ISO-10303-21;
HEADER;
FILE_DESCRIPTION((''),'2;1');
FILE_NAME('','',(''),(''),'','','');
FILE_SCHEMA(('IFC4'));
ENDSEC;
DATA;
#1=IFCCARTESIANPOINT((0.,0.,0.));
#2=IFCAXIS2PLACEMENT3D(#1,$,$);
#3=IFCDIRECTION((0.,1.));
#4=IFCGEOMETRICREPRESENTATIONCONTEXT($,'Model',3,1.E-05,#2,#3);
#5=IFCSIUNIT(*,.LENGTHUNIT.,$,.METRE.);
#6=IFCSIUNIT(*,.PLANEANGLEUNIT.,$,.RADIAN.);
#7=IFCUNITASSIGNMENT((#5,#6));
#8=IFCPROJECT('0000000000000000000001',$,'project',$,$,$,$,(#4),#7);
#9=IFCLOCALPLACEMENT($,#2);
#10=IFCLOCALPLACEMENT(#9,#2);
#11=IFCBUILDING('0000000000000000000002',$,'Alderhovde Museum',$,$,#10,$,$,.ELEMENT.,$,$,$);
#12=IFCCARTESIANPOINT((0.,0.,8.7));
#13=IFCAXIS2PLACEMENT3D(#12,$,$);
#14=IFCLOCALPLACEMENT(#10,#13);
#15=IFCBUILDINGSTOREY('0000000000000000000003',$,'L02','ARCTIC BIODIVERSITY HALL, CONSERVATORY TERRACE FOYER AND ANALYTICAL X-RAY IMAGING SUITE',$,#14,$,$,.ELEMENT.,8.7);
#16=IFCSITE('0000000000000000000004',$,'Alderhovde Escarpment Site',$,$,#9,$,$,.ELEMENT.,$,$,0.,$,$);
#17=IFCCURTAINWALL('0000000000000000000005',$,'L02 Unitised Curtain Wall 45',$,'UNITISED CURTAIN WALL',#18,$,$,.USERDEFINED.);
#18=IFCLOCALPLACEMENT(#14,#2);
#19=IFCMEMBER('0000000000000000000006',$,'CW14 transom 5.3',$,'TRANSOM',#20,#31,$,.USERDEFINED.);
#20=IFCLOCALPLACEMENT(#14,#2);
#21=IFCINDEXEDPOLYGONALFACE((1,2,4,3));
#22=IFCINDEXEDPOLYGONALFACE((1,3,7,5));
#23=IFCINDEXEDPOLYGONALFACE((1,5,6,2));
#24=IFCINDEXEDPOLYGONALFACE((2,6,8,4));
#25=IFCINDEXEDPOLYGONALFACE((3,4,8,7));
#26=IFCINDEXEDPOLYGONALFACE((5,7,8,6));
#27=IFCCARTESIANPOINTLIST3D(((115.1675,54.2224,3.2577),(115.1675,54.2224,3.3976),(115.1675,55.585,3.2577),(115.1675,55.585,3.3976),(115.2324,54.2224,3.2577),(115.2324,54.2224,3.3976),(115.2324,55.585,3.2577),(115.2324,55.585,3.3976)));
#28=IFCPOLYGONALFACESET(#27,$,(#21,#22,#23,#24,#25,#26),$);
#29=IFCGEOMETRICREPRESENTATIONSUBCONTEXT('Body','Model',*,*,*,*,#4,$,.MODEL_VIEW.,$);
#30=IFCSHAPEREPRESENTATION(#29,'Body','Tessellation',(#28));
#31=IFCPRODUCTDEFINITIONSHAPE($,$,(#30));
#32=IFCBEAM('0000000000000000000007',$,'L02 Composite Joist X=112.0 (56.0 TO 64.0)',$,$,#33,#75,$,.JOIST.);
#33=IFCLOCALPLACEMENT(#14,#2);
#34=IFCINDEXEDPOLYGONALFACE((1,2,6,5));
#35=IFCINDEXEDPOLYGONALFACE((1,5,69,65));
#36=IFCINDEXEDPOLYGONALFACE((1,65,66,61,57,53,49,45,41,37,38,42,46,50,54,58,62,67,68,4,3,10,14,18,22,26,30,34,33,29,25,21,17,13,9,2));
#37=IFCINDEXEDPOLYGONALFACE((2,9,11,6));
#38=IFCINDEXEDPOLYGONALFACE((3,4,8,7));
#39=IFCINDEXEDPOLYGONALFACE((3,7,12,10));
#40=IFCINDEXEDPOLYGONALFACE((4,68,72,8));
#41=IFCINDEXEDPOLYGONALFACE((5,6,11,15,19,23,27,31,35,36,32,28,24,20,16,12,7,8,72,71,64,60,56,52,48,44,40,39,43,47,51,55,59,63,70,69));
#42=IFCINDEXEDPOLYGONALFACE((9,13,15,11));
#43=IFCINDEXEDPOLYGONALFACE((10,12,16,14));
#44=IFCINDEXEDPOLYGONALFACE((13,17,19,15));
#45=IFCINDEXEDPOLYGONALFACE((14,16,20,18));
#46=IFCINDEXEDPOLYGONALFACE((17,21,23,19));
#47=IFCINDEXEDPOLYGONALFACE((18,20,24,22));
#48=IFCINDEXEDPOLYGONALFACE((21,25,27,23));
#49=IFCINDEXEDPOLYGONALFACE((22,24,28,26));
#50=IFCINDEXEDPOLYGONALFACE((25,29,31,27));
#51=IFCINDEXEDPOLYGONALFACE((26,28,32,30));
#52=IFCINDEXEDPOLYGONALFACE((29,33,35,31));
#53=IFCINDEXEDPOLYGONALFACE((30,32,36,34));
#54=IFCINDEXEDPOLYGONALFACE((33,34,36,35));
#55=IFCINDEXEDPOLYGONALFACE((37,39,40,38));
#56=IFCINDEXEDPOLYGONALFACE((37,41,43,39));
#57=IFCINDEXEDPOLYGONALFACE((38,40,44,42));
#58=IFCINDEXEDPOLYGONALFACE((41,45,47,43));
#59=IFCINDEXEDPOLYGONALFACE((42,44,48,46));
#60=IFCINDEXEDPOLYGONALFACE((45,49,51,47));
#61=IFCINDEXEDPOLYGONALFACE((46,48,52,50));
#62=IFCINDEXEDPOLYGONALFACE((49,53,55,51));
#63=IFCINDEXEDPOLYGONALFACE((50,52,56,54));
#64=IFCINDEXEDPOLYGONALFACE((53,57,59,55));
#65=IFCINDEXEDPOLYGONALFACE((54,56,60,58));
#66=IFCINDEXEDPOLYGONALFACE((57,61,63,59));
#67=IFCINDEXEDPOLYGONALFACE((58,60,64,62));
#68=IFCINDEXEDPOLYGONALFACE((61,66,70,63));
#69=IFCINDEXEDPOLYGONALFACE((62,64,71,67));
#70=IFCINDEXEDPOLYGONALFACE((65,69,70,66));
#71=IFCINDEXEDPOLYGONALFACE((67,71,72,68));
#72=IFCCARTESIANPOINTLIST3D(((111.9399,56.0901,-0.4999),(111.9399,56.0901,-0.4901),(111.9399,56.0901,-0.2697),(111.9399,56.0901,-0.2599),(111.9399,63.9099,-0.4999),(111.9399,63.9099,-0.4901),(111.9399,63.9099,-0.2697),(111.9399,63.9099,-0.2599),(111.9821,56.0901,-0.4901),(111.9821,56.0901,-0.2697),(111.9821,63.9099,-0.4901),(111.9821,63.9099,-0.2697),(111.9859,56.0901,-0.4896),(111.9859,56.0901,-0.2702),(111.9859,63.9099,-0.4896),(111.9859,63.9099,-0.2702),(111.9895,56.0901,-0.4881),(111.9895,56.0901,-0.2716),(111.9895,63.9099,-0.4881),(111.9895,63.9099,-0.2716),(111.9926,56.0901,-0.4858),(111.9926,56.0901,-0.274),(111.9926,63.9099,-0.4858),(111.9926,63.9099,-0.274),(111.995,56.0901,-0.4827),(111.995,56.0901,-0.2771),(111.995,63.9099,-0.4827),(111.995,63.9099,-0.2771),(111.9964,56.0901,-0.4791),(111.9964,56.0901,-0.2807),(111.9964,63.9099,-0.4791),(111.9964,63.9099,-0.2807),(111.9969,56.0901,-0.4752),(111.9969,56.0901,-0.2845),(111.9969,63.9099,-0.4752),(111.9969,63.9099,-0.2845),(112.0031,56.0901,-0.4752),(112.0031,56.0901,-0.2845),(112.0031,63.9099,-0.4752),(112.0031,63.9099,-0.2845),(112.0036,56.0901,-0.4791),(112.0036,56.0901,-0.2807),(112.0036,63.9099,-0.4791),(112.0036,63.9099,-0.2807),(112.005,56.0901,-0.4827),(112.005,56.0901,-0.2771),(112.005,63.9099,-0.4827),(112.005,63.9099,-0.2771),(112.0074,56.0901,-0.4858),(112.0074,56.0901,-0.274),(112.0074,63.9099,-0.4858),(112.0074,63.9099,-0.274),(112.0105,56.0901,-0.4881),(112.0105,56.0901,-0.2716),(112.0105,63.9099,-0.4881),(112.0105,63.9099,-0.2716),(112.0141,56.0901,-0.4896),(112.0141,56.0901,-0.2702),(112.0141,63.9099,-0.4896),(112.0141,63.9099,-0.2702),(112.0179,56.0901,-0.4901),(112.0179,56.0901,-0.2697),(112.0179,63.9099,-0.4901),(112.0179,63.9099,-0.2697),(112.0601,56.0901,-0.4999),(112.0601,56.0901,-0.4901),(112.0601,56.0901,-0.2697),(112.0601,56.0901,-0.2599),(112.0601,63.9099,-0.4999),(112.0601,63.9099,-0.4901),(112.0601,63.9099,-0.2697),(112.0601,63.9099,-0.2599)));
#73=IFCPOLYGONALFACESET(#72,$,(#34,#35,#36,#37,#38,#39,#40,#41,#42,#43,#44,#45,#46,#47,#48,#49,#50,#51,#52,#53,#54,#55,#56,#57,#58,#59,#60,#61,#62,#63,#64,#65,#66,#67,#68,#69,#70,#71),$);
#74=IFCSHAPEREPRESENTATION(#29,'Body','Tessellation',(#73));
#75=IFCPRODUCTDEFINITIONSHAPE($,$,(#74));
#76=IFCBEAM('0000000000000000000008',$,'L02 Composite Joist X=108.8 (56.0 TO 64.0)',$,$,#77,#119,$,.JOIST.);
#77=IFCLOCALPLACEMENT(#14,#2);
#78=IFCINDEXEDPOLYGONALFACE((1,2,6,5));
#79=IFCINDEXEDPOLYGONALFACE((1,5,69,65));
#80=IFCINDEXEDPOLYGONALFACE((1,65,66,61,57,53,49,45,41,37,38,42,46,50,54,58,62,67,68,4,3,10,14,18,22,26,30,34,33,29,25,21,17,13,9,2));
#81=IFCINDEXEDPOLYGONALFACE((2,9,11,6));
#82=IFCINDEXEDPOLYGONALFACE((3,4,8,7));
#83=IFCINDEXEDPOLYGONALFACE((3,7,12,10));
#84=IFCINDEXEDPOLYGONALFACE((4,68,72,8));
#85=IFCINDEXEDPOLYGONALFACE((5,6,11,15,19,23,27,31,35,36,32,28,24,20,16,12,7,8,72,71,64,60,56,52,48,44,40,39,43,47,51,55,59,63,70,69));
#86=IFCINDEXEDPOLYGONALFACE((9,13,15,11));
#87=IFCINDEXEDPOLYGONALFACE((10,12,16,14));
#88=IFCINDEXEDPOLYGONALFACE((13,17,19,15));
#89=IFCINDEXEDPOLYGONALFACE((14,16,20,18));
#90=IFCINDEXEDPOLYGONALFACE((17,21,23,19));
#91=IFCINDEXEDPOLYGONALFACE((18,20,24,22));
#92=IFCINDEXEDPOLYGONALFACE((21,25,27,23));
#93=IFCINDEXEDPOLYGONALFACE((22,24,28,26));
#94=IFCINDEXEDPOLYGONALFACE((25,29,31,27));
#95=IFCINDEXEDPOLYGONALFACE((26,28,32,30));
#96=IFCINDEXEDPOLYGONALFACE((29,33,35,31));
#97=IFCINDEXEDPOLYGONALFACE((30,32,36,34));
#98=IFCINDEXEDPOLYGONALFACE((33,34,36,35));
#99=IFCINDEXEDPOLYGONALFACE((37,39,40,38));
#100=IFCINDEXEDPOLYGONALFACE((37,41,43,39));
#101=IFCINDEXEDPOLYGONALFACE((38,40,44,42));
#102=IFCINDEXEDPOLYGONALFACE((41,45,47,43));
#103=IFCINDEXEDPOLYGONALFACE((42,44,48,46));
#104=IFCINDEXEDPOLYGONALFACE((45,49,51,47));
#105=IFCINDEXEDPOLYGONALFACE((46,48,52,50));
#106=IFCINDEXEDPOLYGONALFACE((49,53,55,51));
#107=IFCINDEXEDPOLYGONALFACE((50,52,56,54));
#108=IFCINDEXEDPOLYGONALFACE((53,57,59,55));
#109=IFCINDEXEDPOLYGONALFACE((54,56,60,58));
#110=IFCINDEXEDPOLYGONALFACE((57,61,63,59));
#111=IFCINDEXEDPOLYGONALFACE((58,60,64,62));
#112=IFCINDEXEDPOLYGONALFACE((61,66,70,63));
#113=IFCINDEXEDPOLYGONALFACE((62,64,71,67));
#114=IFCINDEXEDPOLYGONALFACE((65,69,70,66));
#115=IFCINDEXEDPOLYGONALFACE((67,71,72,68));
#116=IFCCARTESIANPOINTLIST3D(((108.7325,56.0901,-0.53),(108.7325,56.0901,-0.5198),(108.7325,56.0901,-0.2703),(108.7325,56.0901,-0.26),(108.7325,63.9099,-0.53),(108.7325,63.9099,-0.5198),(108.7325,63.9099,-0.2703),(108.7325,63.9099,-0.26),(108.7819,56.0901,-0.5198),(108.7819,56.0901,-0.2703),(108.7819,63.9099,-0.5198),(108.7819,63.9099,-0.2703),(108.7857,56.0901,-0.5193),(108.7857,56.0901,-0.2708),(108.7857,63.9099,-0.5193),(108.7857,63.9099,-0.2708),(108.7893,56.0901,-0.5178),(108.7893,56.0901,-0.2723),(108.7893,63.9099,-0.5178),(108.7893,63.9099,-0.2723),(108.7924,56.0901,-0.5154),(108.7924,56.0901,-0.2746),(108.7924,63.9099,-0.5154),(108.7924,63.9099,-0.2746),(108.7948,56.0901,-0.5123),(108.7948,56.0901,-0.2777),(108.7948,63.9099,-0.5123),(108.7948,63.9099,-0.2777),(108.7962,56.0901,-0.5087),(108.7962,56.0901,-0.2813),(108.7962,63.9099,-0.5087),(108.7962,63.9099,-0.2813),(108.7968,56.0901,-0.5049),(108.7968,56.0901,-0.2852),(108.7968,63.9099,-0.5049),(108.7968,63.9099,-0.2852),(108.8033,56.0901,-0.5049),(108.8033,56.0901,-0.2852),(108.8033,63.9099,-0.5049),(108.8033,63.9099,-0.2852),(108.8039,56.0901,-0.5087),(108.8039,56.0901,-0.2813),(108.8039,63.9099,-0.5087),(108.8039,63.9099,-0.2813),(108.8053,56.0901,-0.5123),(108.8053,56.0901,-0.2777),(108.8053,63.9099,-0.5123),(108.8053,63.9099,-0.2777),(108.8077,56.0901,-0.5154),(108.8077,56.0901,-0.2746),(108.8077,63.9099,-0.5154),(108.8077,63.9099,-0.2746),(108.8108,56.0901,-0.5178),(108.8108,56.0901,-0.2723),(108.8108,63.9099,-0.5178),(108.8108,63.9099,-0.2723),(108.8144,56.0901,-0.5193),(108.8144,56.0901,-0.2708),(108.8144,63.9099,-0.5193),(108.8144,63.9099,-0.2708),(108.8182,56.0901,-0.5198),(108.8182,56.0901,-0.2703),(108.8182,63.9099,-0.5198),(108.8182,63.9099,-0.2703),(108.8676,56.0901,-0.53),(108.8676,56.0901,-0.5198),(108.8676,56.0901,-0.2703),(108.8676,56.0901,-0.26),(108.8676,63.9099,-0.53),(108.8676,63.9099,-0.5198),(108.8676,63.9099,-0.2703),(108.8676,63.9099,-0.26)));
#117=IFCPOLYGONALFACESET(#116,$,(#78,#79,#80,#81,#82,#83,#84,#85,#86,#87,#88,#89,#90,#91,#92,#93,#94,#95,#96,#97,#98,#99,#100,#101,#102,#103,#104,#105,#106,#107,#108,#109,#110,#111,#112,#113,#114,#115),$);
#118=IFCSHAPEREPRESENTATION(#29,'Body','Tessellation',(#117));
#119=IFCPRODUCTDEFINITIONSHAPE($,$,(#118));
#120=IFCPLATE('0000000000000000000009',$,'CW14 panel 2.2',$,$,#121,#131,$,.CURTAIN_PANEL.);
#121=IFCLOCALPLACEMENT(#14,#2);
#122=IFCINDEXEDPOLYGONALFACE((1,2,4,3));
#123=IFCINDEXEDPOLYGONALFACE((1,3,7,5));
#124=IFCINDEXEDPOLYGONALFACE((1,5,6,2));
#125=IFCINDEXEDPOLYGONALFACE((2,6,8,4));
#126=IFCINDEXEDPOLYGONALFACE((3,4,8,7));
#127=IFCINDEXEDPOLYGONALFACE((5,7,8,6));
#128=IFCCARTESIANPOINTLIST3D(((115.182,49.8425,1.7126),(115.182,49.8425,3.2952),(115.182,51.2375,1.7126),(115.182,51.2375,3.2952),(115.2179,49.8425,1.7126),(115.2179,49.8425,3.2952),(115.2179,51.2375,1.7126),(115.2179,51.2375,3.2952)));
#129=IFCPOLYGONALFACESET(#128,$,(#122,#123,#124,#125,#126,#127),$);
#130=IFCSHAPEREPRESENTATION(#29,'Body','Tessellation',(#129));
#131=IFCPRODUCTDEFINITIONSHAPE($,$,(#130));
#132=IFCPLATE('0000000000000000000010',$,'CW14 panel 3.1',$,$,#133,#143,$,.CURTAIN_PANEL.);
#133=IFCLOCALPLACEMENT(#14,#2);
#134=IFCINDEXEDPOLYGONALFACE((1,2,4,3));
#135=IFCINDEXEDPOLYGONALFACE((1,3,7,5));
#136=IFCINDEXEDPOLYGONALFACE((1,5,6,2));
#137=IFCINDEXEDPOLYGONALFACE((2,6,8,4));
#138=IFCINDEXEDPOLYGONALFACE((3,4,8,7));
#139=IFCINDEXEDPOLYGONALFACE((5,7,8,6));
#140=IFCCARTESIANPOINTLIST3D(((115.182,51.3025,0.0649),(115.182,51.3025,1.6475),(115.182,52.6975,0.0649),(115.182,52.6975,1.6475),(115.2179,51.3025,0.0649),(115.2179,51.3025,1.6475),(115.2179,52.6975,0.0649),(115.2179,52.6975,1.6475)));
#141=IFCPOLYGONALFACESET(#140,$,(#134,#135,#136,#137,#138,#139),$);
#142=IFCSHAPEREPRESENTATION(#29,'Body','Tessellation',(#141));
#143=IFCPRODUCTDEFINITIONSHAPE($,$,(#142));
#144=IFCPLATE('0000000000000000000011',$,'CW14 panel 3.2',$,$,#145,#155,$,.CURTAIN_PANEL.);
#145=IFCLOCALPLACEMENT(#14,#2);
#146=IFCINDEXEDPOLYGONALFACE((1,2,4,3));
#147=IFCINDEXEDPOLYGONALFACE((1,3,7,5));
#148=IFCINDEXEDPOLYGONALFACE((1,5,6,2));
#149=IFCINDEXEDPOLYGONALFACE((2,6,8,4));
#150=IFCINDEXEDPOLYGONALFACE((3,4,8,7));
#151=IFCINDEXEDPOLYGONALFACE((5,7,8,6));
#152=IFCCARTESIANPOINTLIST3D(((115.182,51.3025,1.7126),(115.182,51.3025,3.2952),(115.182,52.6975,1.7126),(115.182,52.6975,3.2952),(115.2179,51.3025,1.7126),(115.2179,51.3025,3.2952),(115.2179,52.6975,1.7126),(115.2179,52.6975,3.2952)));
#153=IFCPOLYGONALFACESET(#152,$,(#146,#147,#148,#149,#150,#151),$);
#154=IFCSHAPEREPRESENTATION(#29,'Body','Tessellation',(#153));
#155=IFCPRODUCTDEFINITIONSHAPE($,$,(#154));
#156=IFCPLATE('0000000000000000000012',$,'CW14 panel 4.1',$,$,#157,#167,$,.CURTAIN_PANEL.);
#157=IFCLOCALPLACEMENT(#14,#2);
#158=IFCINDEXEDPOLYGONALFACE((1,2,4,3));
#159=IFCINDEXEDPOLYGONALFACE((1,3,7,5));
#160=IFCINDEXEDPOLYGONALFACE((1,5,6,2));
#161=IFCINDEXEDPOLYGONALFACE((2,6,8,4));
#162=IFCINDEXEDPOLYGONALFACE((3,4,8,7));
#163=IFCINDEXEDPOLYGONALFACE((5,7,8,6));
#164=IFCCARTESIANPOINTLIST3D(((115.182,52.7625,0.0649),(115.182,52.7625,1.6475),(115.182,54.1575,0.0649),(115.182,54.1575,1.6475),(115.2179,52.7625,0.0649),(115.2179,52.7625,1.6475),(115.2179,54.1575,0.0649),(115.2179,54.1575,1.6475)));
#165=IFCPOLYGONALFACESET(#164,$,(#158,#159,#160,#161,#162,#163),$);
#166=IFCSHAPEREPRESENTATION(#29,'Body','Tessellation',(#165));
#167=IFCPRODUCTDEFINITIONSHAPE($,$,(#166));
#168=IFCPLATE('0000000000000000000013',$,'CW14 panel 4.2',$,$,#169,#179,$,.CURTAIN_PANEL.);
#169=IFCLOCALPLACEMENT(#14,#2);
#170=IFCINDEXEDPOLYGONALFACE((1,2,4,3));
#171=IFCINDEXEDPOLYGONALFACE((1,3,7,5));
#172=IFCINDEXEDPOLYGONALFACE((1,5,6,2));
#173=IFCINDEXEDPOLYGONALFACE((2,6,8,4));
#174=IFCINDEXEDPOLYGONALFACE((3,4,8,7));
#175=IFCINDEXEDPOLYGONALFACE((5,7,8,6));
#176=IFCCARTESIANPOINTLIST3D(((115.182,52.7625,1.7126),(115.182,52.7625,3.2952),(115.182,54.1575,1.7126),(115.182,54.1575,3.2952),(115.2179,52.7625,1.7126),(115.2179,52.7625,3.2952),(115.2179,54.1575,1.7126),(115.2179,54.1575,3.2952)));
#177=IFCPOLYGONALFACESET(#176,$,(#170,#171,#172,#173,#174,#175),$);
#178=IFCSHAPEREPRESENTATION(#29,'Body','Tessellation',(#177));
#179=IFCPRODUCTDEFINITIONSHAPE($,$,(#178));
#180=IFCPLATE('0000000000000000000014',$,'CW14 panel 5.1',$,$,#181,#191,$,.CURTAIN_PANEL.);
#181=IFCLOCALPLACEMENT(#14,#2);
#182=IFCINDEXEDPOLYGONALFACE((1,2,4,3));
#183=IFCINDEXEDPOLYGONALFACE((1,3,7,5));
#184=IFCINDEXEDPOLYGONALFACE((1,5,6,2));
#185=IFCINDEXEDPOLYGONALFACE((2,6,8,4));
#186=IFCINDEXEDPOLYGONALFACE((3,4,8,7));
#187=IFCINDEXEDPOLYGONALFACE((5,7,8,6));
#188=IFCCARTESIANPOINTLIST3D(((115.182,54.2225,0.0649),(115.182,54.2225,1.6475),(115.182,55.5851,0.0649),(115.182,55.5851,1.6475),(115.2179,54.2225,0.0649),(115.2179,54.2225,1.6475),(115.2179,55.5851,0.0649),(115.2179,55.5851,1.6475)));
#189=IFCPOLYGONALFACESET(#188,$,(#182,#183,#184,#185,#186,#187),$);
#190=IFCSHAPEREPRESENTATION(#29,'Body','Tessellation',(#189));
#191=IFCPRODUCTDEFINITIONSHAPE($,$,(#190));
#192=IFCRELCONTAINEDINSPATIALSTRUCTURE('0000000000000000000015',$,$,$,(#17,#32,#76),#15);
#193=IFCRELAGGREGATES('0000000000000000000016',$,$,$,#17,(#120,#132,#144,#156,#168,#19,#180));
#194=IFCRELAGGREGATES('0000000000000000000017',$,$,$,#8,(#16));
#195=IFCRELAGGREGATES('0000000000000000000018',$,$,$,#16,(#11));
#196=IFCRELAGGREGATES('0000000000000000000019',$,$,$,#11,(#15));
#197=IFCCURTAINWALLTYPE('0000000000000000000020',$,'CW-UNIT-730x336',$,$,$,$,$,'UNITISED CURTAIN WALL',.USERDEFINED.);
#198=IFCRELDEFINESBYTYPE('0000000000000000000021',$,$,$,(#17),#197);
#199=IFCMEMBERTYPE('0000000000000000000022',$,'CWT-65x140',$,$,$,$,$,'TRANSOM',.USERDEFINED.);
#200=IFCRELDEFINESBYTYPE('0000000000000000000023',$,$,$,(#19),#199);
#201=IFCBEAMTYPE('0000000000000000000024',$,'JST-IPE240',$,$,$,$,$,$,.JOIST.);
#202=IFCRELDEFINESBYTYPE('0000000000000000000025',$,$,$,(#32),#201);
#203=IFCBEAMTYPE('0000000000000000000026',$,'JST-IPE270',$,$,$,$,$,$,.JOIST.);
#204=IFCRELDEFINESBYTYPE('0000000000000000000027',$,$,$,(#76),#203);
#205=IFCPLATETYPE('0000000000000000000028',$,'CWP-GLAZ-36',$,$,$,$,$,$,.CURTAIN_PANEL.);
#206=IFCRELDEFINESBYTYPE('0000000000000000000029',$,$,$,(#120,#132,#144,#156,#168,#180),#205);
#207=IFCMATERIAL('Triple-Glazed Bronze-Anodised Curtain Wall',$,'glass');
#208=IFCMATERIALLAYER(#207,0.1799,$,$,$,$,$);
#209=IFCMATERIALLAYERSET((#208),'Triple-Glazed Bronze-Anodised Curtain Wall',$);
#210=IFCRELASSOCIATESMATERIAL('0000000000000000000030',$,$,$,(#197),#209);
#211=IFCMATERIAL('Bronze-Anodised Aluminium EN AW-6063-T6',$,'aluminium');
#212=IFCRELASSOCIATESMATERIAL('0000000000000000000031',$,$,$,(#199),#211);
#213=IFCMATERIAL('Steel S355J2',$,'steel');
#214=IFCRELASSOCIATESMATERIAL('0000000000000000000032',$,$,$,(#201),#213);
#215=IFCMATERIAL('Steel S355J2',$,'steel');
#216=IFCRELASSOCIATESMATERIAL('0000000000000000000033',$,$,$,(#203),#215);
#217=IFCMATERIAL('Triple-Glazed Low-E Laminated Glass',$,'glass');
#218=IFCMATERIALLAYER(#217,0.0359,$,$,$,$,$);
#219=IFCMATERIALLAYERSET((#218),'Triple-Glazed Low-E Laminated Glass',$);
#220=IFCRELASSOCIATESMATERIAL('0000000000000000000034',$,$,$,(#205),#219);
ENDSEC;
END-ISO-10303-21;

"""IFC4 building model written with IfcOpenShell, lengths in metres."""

from ifc_helpers import new_model, si_unit, direction, frame, origin, origin_2d, place, context, subcontext, project, spatial, rectangle, i_section, extrude, material, layer, layer_set, material_profile, profile_set, type_object, element, aggregate, save


model = new_model("IFC4")

# Units and contexts
model_context = context("Model", 3, precision=1e-05, world=origin(), true_north=direction((0.0, 1.0)))
body_context = subcontext(model_context, "Body", "Model", "MODEL_VIEW")
ifc_project = project(units=[si_unit("LENGTHUNIT", "METRE"), si_unit("PLANEANGLEUNIT", "RADIAN")], contexts=[model_context])

# Site, building, storey
site_placement = place(None, origin())
site = spatial("IfcSite", under=ifc_project, at=site_placement, Name="Alderhovde Escarpment Site", CompositionType="ELEMENT", RefElevation=0.0)
building_placement = place(site_placement, origin())
building = spatial("IfcBuilding", under=site, at=building_placement, Name="Alderhovde Museum", CompositionType="ELEMENT")
storey_placement = place(building_placement, frame((0.0, 0.0, 8.7)))
storey = spatial("IfcBuildingStorey", under=building, at=storey_placement, Name="L02", Description="ARCTIC BIODIVERSITY HALL, CONSERVATORY TERRACE FOYER AND ANALYTICAL X-RAY IMAGING SUITE", CompositionType="ELEMENT", Elevation=8.7)

# Curtain wall, member
ifc_material_1 = material(Name="Triple-Glazed Bronze-Anodised Curtain Wall", Category="glass")
ifc_layer_1 = layer(ifc_material_1, 0.1799)
ifc_layer_set_1 = layer_set([ifc_layer_1], Name="Triple-Glazed Bronze-Anodised Curtain Wall")
curtain_wall_type = type_object("IfcCurtainWallType", Name="CW-UNIT-730x336", ElementType="UNITISED CURTAIN WALL", PredefinedType="USERDEFINED", material=ifc_layer_set_1)
curtain_wall_placement = place(storey_placement, origin())
curtain_wall = element("IfcCurtainWall", 1, at=curtain_wall_placement, inside=storey, type_object=curtain_wall_type, Name="L02 Unitised Curtain Wall 45", ObjectType="UNITISED CURTAIN WALL", PredefinedType="USERDEFINED")
ifc_material_2 = material(Name="Bronze-Anodised Aluminium EN AW-6063-T6", Category="aluminium")
ifc_material_profile_1 = material_profile(ifc_material_2, rectangle(XDim=0.0649, YDim=0.1399, at=origin_2d()), Name="TRANSOM 65x140")
ifc_profile_set_1 = profile_set([ifc_material_profile_1], Name="Bronze-Anodised Aluminium EN AW-6063-T6")
member_type_1 = type_object("IfcMemberType", Name="CWT-65x140", ElementType="TRANSOM", PredefinedType="USERDEFINED", material=ifc_profile_set_1)
member_1_placement = place(storey_placement, frame((115.2, 54.2224, 3.3276), z_axis=(0.0, 1.0, 0.0), x_axis=(-1.0, 0.0, 0.0)))
member_1 = element("IfcMember", 2, at=member_1_placement, type_object=member_type_1, Name="CW14 transom 5.3", ObjectType="TRANSOM", PredefinedType="USERDEFINED", context=body_context, shape_type="SweptSolid", body=[
    extrude(rectangle(XDim=0.0649, YDim=0.1399, at=origin_2d()), origin(), (0.0, 0.0, 1.0), 1.3625),
])

# Beams
ifc_material_3 = material(Name="Steel S355J2", Category="steel")
ifc_material_profile_2 = material_profile(ifc_material_3, i_section(OverallWidth=0.1201, OverallDepth=0.24, WebThickness=0.0061, FlangeThickness=0.0098, FilletRadius=0.0149, at=origin_2d()), Name="IPE 240")
ifc_profile_set_2 = profile_set([ifc_material_profile_2], Name="Steel S355J2")
beam_type_1 = type_object("IfcBeamType", Name="JST-IPE240", PredefinedType="JOIST", material=ifc_profile_set_2)
beam_1_placement = place(storey_placement, frame((112.0, 56.0901, -0.3799), z_axis=(0.0, 1.0, 0.0), x_axis=(-1.0, 0.0, 0.0)))
element("IfcBeam", 3, at=beam_1_placement, inside=storey, type_object=beam_type_1, Name="L02 Composite Joist X=112.0 (56.0 TO 64.0)", PredefinedType="JOIST", context=body_context, shape_type="SweptSolid", body=[
    extrude(i_section(OverallWidth=0.1201, OverallDepth=0.24, WebThickness=0.0061, FlangeThickness=0.0098, FilletRadius=0.0149, at=origin_2d()), origin(), (0.0, 0.0, 1.0), 7.8198),
])
ifc_material_4 = material(Name="Steel S355J2", Category="steel")
ifc_material_profile_3 = material_profile(ifc_material_4, i_section(OverallWidth=0.135, OverallDepth=0.27, WebThickness=0.0066, FlangeThickness=0.0103, FilletRadius=0.0149, at=origin_2d()), Name="IPE 270")
ifc_profile_set_3 = profile_set([ifc_material_profile_3], Name="Steel S355J2")
beam_type_2 = type_object("IfcBeamType", Name="JST-IPE270", PredefinedType="JOIST", material=ifc_profile_set_3)
beam_2_placement = place(storey_placement, frame((108.8, 56.0901, -0.395), z_axis=(0.0, 1.0, 0.0), x_axis=(-1.0, 0.0, 0.0)))
element("IfcBeam", 4, at=beam_2_placement, inside=storey, type_object=beam_type_2, Name="L02 Composite Joist X=108.8 (56.0 TO 64.0)", PredefinedType="JOIST", context=body_context, shape_type="SweptSolid", body=[
    extrude(i_section(OverallWidth=0.135, OverallDepth=0.27, WebThickness=0.0066, FlangeThickness=0.0103, FilletRadius=0.0149, at=origin_2d()), origin(), (0.0, 0.0, 1.0), 7.8198),
])

# Plates
ifc_material_5 = material(Name="Triple-Glazed Low-E Laminated Glass", Category="glass")
ifc_layer_2 = layer(ifc_material_5, 0.0359)
ifc_layer_set_2 = layer_set([ifc_layer_2], Name="Triple-Glazed Low-E Laminated Glass")
plate_type = type_object("IfcPlateType", Name="CWP-GLAZ-36", PredefinedType="CURTAIN_PANEL", material=ifc_layer_set_2)
plate_1_placement = place(storey_placement, frame((115.2, 50.54, 1.7126), z_axis=(0.0, 0.0, 1.0), x_axis=(0.0, 1.0, 0.0)))
plate_1 = element("IfcPlate", 5, at=plate_1_placement, type_object=plate_type, Name="CW14 panel 2.2", PredefinedType="CURTAIN_PANEL", context=body_context, shape_type="SweptSolid", body=[
    extrude(rectangle(XDim=1.395, YDim=0.0359, at=origin_2d()), origin(), (0.0, 0.0, 1.0), 1.5825),
])
plate_2_placement = place(storey_placement, frame((115.2, 52.0, 0.0649), z_axis=(0.0, 0.0, 1.0), x_axis=(0.0, 1.0, 0.0)))
plate_2 = element("IfcPlate", 6, at=plate_2_placement, type_object=plate_type, Name="CW14 panel 3.1", PredefinedType="CURTAIN_PANEL", context=body_context, shape_type="SweptSolid", body=[
    extrude(rectangle(XDim=1.395, YDim=0.0359, at=origin_2d()), origin(), (0.0, 0.0, 1.0), 1.5825),
])
plate_3_placement = place(storey_placement, frame((115.2, 52.0, 1.7126), z_axis=(0.0, 0.0, 1.0), x_axis=(0.0, 1.0, 0.0)))
plate_3 = element("IfcPlate", 7, at=plate_3_placement, type_object=plate_type, Name="CW14 panel 3.2", PredefinedType="CURTAIN_PANEL", context=body_context, shape_type="SweptSolid", body=[
    extrude(rectangle(XDim=1.395, YDim=0.0359, at=origin_2d()), origin(), (0.0, 0.0, 1.0), 1.5825),
])
plate_4_placement = place(storey_placement, frame((115.2, 53.46, 0.0649), z_axis=(0.0, 0.0, 1.0), x_axis=(0.0, 1.0, 0.0)))
plate_4 = element("IfcPlate", 8, at=plate_4_placement, type_object=plate_type, Name="CW14 panel 4.1", PredefinedType="CURTAIN_PANEL", context=body_context, shape_type="SweptSolid", body=[
    extrude(rectangle(XDim=1.395, YDim=0.0359, at=origin_2d()), origin(), (0.0, 0.0, 1.0), 1.5825),
])
plate_5_placement = place(storey_placement, frame((115.2, 53.46, 1.7126), z_axis=(0.0, 0.0, 1.0), x_axis=(0.0, 1.0, 0.0)))
plate_5 = element("IfcPlate", 9, at=plate_5_placement, type_object=plate_type, Name="CW14 panel 4.2", PredefinedType="CURTAIN_PANEL", context=body_context, shape_type="SweptSolid", body=[
    extrude(rectangle(XDim=1.395, YDim=0.0359, at=origin_2d()), origin(), (0.0, 0.0, 1.0), 1.5825),
])
plate_6_placement = place(storey_placement, frame((115.2, 54.9038, 0.0649), z_axis=(0.0, 0.0, 1.0), x_axis=(0.0, 1.0, 0.0)))
plate_6 = element("IfcPlate", 10, at=plate_6_placement, type_object=plate_type, Name="CW14 panel 5.1", PredefinedType="CURTAIN_PANEL", context=body_context, shape_type="SweptSolid", body=[
    extrude(rectangle(XDim=1.3625, YDim=0.0359, at=origin_2d()), origin(), (0.0, 0.0, 1.0), 1.5825),
])
aggregate(curtain_wall, [plate_1, plate_2, plate_3, plate_4, plate_5, member_1, plate_6])

save(model, "model.ifc")
